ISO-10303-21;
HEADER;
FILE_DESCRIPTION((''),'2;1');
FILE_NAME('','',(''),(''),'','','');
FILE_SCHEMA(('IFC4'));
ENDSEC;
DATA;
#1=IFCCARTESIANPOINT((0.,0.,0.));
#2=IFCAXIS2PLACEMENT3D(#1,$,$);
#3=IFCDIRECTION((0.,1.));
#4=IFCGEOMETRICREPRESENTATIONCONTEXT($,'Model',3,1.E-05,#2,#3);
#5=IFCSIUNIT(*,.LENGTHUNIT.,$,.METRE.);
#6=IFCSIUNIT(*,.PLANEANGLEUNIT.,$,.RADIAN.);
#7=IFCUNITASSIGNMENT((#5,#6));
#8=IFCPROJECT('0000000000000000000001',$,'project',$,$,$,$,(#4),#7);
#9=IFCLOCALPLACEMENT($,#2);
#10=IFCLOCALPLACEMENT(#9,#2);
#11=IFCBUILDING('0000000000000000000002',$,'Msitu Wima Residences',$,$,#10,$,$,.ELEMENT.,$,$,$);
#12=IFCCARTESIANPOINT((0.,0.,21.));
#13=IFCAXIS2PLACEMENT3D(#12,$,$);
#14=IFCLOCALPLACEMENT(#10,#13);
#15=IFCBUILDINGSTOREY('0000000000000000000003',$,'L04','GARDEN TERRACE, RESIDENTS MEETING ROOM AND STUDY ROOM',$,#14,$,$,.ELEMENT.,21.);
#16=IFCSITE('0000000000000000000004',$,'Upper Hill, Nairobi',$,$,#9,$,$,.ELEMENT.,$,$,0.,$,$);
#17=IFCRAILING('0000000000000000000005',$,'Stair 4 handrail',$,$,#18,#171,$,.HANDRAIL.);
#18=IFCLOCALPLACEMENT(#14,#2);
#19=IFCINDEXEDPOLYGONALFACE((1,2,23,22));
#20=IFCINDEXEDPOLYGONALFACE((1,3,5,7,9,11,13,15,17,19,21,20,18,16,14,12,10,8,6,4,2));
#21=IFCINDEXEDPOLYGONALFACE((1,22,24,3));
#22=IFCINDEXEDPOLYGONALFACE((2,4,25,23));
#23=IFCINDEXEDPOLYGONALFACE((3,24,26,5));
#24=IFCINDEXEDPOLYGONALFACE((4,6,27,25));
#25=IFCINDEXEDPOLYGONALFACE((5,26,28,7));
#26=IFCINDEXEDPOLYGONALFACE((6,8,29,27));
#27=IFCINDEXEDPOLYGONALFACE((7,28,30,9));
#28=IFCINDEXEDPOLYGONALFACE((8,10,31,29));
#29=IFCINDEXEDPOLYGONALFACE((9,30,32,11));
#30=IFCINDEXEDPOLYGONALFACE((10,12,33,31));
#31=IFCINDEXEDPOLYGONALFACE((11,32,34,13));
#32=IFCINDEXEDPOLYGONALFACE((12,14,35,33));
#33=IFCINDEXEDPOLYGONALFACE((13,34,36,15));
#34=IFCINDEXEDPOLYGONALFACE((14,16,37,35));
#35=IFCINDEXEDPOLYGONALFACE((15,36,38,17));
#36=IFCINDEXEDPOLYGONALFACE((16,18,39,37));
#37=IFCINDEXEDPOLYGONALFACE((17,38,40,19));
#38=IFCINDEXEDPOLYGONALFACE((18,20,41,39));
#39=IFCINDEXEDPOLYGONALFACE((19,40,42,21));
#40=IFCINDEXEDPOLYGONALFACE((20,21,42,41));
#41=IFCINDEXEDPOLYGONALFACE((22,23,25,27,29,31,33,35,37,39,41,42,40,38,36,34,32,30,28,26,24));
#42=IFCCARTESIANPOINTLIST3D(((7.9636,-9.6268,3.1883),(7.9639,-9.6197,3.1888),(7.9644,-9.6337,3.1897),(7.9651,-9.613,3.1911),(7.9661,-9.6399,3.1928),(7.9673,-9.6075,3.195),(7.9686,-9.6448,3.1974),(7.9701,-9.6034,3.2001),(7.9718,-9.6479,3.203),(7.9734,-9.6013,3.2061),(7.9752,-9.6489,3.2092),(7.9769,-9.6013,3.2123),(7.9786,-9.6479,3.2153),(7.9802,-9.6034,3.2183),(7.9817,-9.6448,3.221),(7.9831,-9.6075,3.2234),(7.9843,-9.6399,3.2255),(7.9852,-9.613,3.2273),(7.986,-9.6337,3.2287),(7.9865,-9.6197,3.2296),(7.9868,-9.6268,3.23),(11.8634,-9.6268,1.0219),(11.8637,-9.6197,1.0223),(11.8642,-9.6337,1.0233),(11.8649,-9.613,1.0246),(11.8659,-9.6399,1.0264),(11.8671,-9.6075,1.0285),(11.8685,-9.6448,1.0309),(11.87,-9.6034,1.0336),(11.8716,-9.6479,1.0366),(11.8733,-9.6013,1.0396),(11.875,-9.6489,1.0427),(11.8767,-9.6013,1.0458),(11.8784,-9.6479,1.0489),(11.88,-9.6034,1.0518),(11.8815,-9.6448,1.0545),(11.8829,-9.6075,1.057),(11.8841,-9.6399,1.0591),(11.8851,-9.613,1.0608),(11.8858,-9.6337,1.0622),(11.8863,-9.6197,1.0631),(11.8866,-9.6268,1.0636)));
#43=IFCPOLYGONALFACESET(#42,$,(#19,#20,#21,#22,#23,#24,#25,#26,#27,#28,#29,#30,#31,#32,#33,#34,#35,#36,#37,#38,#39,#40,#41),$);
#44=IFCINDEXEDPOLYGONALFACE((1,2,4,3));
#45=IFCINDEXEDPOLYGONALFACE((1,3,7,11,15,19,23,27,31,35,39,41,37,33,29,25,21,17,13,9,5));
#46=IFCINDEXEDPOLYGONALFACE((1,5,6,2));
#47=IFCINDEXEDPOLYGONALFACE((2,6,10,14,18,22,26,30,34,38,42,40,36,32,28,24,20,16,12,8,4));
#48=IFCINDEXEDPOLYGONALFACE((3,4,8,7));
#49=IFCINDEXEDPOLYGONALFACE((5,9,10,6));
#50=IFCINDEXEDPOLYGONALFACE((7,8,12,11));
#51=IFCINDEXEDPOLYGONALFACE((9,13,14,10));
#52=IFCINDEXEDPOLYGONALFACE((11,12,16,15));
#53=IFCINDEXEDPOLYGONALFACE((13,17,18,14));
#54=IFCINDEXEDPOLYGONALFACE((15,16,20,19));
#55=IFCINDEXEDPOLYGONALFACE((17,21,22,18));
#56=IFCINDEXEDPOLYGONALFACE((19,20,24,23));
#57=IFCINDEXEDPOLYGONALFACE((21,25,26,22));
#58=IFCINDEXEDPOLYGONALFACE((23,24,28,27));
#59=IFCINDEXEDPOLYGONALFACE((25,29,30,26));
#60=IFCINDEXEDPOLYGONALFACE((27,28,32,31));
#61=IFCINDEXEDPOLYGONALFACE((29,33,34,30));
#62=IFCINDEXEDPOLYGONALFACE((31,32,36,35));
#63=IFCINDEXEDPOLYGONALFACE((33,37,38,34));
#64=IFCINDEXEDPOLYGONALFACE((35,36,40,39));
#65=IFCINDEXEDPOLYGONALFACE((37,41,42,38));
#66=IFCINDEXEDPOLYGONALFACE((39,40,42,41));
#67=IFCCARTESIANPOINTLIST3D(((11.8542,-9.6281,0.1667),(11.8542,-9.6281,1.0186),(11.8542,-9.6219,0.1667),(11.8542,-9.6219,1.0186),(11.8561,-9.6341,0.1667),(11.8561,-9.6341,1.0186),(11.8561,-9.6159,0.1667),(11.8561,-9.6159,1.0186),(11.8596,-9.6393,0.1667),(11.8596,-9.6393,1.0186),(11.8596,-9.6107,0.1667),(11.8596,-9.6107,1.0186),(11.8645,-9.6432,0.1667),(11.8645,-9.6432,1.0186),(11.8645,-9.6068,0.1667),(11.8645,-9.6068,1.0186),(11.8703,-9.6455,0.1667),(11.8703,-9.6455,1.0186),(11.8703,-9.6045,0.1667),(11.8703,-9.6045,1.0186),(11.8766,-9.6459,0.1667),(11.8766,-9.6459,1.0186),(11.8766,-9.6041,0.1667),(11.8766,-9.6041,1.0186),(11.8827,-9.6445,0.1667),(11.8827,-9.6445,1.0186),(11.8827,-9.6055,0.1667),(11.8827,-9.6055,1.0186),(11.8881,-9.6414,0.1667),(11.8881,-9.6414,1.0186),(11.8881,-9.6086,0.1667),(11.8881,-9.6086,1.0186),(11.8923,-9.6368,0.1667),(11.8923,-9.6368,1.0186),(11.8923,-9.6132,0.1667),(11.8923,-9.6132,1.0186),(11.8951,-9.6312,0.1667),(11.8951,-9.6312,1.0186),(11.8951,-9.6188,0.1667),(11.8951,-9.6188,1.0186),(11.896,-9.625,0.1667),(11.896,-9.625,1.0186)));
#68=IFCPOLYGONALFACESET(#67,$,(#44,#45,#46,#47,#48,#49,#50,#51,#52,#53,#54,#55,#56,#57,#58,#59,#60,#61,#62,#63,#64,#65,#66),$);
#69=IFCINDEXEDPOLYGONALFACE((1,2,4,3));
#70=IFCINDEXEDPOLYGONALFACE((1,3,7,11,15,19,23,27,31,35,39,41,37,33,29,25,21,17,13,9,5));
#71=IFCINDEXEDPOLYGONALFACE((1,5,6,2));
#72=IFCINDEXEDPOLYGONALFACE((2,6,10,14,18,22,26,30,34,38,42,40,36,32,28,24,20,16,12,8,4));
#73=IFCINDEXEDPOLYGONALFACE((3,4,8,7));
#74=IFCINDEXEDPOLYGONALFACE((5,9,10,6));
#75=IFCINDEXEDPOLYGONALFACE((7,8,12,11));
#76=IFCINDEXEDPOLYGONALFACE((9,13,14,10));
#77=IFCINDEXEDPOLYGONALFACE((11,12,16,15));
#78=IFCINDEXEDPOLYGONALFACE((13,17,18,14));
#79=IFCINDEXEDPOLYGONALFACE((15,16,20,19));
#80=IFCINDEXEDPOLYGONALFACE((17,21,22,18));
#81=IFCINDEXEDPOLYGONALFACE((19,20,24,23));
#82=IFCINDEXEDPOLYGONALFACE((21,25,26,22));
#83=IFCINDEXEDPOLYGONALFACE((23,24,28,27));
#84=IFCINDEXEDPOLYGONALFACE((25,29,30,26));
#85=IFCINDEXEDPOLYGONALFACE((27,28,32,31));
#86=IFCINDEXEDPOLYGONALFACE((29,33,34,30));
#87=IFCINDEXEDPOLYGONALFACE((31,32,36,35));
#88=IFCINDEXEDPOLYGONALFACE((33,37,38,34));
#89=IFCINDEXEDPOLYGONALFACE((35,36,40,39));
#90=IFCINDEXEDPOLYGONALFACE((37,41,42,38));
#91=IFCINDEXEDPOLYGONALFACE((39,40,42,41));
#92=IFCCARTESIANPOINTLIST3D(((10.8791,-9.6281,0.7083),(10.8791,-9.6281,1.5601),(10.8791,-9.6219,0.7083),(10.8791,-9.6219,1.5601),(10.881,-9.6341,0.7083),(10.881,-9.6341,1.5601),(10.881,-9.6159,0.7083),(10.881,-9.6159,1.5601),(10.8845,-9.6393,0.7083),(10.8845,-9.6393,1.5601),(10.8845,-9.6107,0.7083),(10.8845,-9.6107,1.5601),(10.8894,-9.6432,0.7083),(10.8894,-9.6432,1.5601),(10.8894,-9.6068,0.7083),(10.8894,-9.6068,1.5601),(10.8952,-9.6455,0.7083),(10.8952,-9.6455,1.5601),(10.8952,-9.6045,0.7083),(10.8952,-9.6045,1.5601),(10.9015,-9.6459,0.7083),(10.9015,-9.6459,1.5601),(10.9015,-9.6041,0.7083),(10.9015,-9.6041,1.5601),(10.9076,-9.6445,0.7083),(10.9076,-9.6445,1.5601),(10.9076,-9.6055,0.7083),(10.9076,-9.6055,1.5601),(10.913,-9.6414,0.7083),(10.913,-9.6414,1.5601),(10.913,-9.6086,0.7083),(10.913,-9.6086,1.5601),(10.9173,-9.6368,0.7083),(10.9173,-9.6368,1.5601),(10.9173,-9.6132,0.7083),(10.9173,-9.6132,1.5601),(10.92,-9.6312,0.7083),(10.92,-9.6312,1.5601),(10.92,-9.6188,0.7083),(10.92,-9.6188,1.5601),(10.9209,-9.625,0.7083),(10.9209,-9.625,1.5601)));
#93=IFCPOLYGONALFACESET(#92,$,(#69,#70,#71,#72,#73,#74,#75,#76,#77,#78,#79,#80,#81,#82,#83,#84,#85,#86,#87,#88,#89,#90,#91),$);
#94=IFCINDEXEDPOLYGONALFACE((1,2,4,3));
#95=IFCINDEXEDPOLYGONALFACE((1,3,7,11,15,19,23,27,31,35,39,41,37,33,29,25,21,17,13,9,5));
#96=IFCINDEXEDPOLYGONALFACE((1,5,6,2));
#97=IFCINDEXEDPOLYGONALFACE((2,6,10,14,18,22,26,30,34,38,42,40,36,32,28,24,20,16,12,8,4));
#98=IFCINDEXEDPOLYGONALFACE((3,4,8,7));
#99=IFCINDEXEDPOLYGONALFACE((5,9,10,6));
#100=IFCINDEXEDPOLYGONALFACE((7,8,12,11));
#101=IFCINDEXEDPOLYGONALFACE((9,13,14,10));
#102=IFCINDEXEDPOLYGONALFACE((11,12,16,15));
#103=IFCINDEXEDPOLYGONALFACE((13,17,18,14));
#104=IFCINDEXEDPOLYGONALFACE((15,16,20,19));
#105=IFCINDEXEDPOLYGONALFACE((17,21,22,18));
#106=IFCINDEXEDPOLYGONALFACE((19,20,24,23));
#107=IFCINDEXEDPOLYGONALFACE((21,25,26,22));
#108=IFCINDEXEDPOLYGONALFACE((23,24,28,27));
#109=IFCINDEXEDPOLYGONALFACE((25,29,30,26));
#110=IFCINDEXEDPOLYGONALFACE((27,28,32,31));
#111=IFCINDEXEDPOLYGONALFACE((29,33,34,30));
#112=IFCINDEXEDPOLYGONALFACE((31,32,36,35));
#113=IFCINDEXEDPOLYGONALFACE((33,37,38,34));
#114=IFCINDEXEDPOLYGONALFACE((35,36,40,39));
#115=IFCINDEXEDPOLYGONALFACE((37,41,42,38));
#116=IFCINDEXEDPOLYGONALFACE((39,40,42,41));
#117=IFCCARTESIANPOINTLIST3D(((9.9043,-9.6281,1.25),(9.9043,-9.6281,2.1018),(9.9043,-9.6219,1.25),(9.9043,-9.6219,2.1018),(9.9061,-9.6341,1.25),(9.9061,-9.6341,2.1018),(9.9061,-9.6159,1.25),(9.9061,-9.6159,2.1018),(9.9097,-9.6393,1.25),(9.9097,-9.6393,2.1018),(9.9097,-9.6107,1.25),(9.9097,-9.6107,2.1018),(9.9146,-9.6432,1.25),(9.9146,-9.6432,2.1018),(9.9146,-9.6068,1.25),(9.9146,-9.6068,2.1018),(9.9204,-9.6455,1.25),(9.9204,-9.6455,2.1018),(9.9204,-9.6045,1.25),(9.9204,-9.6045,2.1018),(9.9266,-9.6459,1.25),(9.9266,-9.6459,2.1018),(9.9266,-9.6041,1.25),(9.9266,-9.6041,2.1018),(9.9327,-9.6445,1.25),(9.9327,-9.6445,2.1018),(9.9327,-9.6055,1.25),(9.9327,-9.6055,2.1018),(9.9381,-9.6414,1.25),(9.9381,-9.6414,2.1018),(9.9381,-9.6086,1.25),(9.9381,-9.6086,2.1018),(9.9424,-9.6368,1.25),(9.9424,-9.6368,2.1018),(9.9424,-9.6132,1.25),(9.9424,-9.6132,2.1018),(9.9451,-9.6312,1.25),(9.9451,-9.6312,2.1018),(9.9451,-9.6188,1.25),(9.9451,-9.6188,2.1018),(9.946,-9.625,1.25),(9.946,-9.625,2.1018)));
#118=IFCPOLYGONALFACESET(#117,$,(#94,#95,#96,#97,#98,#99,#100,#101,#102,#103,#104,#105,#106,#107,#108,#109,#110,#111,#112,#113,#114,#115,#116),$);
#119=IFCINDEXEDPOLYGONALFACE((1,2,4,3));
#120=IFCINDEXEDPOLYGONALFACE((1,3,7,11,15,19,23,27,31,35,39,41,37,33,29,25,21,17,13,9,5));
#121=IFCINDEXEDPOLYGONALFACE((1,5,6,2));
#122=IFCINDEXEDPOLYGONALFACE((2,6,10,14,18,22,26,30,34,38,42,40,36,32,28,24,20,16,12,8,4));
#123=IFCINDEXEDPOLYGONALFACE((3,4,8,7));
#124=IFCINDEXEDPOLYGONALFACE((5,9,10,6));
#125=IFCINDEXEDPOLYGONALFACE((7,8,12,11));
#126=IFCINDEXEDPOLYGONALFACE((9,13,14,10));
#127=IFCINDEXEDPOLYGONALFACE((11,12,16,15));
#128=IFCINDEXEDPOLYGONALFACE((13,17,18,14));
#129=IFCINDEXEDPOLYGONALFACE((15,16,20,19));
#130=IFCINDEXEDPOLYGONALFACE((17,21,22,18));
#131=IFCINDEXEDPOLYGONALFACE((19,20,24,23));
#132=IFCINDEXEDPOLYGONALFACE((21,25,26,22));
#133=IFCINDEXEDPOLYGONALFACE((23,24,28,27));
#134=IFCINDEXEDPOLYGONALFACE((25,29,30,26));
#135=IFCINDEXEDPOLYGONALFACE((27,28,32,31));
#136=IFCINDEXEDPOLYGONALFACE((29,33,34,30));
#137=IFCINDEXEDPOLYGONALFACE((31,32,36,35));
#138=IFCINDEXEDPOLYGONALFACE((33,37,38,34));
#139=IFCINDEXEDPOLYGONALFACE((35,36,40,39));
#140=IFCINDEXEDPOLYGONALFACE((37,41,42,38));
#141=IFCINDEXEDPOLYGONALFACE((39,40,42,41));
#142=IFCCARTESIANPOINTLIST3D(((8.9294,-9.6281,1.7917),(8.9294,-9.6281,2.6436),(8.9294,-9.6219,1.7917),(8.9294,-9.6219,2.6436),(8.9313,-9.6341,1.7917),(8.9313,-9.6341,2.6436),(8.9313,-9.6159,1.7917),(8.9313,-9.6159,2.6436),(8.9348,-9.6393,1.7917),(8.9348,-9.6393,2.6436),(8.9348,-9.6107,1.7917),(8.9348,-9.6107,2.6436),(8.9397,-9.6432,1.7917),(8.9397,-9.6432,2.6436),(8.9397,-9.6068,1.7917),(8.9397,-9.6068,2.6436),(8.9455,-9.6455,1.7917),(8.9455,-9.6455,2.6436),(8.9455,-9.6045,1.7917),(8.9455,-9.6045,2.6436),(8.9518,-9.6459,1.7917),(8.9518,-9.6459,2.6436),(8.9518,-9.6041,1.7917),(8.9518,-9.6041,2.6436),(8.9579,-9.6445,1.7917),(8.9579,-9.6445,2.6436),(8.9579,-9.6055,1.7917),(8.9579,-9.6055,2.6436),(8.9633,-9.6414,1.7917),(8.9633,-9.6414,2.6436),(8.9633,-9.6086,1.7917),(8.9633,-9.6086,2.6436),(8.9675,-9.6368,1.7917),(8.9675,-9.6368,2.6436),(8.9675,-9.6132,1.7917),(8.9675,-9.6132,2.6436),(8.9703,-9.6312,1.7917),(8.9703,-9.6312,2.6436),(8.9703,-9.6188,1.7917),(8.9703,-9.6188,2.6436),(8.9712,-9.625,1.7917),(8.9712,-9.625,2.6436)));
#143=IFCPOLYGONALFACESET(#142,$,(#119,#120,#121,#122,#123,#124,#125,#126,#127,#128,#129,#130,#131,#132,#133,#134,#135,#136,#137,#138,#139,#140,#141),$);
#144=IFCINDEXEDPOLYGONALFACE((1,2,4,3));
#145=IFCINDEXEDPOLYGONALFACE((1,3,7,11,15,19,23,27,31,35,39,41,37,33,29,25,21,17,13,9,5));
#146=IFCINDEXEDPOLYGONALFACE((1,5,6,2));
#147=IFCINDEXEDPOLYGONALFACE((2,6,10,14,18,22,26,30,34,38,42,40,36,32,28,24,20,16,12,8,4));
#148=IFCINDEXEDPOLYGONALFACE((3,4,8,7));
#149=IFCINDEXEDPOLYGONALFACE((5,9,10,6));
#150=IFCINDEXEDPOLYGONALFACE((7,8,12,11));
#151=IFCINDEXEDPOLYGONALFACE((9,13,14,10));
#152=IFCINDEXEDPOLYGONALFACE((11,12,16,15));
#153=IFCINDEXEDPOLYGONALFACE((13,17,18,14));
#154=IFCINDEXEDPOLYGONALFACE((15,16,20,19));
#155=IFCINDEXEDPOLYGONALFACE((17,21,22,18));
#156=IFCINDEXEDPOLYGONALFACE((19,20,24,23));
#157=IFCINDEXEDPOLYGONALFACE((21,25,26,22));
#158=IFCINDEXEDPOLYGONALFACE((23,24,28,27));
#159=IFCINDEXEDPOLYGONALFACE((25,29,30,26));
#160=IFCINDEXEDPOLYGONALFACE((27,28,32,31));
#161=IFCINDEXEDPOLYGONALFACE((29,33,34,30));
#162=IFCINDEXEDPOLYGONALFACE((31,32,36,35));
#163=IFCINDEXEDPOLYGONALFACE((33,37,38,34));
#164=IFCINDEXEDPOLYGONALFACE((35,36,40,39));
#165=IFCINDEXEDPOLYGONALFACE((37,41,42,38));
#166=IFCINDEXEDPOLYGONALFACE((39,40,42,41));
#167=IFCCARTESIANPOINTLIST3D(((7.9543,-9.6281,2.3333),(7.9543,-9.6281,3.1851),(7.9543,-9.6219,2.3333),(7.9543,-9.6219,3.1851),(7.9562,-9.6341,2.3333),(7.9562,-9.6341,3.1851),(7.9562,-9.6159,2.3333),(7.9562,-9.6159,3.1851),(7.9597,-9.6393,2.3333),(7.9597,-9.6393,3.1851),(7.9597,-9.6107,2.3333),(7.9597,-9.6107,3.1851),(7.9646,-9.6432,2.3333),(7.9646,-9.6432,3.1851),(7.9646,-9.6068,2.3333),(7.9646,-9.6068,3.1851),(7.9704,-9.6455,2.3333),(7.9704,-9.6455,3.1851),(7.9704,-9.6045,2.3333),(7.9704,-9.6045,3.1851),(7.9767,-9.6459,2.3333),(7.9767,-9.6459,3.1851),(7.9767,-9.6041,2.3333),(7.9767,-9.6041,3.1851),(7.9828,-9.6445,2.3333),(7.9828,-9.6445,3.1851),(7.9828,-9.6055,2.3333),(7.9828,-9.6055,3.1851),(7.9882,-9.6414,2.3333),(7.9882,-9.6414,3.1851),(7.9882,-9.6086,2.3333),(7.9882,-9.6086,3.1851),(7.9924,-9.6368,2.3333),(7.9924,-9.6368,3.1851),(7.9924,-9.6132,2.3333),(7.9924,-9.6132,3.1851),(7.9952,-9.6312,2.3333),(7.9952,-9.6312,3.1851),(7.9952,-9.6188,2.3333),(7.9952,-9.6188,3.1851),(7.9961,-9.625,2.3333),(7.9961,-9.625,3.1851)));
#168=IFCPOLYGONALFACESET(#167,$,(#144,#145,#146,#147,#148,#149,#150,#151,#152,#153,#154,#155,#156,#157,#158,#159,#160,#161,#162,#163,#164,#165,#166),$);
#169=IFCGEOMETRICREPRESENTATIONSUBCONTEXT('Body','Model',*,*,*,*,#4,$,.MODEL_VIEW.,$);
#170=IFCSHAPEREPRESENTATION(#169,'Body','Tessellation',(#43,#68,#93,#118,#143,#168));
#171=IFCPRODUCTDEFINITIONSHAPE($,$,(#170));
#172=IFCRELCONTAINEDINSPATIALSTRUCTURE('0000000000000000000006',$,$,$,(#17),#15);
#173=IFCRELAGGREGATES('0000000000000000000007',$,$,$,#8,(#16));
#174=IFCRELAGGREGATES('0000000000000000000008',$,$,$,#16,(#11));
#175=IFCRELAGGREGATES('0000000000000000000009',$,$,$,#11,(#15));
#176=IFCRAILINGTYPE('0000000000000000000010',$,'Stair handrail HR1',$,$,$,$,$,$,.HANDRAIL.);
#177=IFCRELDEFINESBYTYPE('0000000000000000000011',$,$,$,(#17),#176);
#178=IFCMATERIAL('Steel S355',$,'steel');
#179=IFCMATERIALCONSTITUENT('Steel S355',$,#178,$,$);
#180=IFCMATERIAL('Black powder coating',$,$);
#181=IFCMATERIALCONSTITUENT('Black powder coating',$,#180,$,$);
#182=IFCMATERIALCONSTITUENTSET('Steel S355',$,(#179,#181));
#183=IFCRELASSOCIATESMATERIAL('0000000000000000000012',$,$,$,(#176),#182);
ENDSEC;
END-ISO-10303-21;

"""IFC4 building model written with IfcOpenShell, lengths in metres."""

from ifc_helpers import new_model, si_unit, direction, frame, origin, origin_2d, place, context, subcontext, project, spatial, circle, extrude, material, constituent, constituent_set, type_object, element, save


model = new_model("IFC4")

# Units and contexts
model_context = context("Model", 3, precision=1e-05, world=origin(), true_north=direction((0.0, 1.0)))
body_context = subcontext(model_context, "Body", "Model", "MODEL_VIEW")
ifc_project = project(units=[si_unit("LENGTHUNIT", "METRE"), si_unit("PLANEANGLEUNIT", "RADIAN")], contexts=[model_context])

# Site, building, storey
site_placement = place(None, origin())
site = spatial("IfcSite", under=ifc_project, at=site_placement, Name="Upper Hill, Nairobi", CompositionType="ELEMENT", RefElevation=0.0)
building_placement = place(site_placement, origin())
building = spatial("IfcBuilding", under=site, at=building_placement, Name="Msitu Wima Residences", CompositionType="ELEMENT")
storey_placement = place(building_placement, frame((0.0, 0.0, 21.0)))
storey = spatial("IfcBuildingStorey", under=building, at=storey_placement, Name="L04", Description="GARDEN TERRACE, RESIDENTS MEETING ROOM AND STUDY ROOM", CompositionType="ELEMENT", Elevation=21.0)

# Railing
ifc_material_1 = material(Name="Steel S355", Category="steel")
ifc_constituent_1 = constituent(ifc_material_1, Name="Steel S355")
ifc_material_2 = material(Name="Black powder coating")
ifc_constituent_2 = constituent(ifc_material_2, Name="Black powder coating")
ifc_constituent_set_1 = constituent_set(constituents=[ifc_constituent_1, ifc_constituent_2], Name="Steel S355")
railing_type_1 = type_object("IfcRailingType", Name="Stair handrail HR1", PredefinedType="HANDRAIL", material=ifc_constituent_set_1)
railing_1_placement = place(storey_placement, frame((11.875, -9.625, 0.1667)))
element("IfcRailing", 1, at=railing_1_placement, inside=storey, type_object=railing_type_1, Name="Stair 4 handrail", PredefinedType="HANDRAIL", context=body_context, shape_type="SweptSolid", body=[
    extrude(circle(Radius=0.0239, at=origin_2d()), frame((0.0, 0.0, 0.876), z_axis=(-0.874168, 0.0, 0.485624), x_axis=(0.0, -1.0, 0.0)), (0.0, 0.0, 1.0), 4.4612),
    extrude(circle(Radius=0.021, at=origin_2d()), origin(), (0.0, 0.0, 1.0), 0.8518),
    extrude(circle(Radius=0.021, at=origin_2d()), frame((-0.9751, 0.0, 0.5415)), (0.0, 0.0, 1.0), 0.8518),
    extrude(circle(Radius=0.021, at=origin_2d()), frame((-1.95, 0.0, 1.0833)), (0.0, 0.0, 1.0), 0.8518),
    extrude(circle(Radius=0.021, at=origin_2d()), frame((-2.9248, 0.0, 1.625)), (0.0, 0.0, 1.0), 0.8518),
    extrude(circle(Radius=0.021, at=origin_2d()), frame((-3.8999, 0.0, 2.1665)), (0.0, 0.0, 1.0), 0.8518),
])

save(model, "model.ifc")
